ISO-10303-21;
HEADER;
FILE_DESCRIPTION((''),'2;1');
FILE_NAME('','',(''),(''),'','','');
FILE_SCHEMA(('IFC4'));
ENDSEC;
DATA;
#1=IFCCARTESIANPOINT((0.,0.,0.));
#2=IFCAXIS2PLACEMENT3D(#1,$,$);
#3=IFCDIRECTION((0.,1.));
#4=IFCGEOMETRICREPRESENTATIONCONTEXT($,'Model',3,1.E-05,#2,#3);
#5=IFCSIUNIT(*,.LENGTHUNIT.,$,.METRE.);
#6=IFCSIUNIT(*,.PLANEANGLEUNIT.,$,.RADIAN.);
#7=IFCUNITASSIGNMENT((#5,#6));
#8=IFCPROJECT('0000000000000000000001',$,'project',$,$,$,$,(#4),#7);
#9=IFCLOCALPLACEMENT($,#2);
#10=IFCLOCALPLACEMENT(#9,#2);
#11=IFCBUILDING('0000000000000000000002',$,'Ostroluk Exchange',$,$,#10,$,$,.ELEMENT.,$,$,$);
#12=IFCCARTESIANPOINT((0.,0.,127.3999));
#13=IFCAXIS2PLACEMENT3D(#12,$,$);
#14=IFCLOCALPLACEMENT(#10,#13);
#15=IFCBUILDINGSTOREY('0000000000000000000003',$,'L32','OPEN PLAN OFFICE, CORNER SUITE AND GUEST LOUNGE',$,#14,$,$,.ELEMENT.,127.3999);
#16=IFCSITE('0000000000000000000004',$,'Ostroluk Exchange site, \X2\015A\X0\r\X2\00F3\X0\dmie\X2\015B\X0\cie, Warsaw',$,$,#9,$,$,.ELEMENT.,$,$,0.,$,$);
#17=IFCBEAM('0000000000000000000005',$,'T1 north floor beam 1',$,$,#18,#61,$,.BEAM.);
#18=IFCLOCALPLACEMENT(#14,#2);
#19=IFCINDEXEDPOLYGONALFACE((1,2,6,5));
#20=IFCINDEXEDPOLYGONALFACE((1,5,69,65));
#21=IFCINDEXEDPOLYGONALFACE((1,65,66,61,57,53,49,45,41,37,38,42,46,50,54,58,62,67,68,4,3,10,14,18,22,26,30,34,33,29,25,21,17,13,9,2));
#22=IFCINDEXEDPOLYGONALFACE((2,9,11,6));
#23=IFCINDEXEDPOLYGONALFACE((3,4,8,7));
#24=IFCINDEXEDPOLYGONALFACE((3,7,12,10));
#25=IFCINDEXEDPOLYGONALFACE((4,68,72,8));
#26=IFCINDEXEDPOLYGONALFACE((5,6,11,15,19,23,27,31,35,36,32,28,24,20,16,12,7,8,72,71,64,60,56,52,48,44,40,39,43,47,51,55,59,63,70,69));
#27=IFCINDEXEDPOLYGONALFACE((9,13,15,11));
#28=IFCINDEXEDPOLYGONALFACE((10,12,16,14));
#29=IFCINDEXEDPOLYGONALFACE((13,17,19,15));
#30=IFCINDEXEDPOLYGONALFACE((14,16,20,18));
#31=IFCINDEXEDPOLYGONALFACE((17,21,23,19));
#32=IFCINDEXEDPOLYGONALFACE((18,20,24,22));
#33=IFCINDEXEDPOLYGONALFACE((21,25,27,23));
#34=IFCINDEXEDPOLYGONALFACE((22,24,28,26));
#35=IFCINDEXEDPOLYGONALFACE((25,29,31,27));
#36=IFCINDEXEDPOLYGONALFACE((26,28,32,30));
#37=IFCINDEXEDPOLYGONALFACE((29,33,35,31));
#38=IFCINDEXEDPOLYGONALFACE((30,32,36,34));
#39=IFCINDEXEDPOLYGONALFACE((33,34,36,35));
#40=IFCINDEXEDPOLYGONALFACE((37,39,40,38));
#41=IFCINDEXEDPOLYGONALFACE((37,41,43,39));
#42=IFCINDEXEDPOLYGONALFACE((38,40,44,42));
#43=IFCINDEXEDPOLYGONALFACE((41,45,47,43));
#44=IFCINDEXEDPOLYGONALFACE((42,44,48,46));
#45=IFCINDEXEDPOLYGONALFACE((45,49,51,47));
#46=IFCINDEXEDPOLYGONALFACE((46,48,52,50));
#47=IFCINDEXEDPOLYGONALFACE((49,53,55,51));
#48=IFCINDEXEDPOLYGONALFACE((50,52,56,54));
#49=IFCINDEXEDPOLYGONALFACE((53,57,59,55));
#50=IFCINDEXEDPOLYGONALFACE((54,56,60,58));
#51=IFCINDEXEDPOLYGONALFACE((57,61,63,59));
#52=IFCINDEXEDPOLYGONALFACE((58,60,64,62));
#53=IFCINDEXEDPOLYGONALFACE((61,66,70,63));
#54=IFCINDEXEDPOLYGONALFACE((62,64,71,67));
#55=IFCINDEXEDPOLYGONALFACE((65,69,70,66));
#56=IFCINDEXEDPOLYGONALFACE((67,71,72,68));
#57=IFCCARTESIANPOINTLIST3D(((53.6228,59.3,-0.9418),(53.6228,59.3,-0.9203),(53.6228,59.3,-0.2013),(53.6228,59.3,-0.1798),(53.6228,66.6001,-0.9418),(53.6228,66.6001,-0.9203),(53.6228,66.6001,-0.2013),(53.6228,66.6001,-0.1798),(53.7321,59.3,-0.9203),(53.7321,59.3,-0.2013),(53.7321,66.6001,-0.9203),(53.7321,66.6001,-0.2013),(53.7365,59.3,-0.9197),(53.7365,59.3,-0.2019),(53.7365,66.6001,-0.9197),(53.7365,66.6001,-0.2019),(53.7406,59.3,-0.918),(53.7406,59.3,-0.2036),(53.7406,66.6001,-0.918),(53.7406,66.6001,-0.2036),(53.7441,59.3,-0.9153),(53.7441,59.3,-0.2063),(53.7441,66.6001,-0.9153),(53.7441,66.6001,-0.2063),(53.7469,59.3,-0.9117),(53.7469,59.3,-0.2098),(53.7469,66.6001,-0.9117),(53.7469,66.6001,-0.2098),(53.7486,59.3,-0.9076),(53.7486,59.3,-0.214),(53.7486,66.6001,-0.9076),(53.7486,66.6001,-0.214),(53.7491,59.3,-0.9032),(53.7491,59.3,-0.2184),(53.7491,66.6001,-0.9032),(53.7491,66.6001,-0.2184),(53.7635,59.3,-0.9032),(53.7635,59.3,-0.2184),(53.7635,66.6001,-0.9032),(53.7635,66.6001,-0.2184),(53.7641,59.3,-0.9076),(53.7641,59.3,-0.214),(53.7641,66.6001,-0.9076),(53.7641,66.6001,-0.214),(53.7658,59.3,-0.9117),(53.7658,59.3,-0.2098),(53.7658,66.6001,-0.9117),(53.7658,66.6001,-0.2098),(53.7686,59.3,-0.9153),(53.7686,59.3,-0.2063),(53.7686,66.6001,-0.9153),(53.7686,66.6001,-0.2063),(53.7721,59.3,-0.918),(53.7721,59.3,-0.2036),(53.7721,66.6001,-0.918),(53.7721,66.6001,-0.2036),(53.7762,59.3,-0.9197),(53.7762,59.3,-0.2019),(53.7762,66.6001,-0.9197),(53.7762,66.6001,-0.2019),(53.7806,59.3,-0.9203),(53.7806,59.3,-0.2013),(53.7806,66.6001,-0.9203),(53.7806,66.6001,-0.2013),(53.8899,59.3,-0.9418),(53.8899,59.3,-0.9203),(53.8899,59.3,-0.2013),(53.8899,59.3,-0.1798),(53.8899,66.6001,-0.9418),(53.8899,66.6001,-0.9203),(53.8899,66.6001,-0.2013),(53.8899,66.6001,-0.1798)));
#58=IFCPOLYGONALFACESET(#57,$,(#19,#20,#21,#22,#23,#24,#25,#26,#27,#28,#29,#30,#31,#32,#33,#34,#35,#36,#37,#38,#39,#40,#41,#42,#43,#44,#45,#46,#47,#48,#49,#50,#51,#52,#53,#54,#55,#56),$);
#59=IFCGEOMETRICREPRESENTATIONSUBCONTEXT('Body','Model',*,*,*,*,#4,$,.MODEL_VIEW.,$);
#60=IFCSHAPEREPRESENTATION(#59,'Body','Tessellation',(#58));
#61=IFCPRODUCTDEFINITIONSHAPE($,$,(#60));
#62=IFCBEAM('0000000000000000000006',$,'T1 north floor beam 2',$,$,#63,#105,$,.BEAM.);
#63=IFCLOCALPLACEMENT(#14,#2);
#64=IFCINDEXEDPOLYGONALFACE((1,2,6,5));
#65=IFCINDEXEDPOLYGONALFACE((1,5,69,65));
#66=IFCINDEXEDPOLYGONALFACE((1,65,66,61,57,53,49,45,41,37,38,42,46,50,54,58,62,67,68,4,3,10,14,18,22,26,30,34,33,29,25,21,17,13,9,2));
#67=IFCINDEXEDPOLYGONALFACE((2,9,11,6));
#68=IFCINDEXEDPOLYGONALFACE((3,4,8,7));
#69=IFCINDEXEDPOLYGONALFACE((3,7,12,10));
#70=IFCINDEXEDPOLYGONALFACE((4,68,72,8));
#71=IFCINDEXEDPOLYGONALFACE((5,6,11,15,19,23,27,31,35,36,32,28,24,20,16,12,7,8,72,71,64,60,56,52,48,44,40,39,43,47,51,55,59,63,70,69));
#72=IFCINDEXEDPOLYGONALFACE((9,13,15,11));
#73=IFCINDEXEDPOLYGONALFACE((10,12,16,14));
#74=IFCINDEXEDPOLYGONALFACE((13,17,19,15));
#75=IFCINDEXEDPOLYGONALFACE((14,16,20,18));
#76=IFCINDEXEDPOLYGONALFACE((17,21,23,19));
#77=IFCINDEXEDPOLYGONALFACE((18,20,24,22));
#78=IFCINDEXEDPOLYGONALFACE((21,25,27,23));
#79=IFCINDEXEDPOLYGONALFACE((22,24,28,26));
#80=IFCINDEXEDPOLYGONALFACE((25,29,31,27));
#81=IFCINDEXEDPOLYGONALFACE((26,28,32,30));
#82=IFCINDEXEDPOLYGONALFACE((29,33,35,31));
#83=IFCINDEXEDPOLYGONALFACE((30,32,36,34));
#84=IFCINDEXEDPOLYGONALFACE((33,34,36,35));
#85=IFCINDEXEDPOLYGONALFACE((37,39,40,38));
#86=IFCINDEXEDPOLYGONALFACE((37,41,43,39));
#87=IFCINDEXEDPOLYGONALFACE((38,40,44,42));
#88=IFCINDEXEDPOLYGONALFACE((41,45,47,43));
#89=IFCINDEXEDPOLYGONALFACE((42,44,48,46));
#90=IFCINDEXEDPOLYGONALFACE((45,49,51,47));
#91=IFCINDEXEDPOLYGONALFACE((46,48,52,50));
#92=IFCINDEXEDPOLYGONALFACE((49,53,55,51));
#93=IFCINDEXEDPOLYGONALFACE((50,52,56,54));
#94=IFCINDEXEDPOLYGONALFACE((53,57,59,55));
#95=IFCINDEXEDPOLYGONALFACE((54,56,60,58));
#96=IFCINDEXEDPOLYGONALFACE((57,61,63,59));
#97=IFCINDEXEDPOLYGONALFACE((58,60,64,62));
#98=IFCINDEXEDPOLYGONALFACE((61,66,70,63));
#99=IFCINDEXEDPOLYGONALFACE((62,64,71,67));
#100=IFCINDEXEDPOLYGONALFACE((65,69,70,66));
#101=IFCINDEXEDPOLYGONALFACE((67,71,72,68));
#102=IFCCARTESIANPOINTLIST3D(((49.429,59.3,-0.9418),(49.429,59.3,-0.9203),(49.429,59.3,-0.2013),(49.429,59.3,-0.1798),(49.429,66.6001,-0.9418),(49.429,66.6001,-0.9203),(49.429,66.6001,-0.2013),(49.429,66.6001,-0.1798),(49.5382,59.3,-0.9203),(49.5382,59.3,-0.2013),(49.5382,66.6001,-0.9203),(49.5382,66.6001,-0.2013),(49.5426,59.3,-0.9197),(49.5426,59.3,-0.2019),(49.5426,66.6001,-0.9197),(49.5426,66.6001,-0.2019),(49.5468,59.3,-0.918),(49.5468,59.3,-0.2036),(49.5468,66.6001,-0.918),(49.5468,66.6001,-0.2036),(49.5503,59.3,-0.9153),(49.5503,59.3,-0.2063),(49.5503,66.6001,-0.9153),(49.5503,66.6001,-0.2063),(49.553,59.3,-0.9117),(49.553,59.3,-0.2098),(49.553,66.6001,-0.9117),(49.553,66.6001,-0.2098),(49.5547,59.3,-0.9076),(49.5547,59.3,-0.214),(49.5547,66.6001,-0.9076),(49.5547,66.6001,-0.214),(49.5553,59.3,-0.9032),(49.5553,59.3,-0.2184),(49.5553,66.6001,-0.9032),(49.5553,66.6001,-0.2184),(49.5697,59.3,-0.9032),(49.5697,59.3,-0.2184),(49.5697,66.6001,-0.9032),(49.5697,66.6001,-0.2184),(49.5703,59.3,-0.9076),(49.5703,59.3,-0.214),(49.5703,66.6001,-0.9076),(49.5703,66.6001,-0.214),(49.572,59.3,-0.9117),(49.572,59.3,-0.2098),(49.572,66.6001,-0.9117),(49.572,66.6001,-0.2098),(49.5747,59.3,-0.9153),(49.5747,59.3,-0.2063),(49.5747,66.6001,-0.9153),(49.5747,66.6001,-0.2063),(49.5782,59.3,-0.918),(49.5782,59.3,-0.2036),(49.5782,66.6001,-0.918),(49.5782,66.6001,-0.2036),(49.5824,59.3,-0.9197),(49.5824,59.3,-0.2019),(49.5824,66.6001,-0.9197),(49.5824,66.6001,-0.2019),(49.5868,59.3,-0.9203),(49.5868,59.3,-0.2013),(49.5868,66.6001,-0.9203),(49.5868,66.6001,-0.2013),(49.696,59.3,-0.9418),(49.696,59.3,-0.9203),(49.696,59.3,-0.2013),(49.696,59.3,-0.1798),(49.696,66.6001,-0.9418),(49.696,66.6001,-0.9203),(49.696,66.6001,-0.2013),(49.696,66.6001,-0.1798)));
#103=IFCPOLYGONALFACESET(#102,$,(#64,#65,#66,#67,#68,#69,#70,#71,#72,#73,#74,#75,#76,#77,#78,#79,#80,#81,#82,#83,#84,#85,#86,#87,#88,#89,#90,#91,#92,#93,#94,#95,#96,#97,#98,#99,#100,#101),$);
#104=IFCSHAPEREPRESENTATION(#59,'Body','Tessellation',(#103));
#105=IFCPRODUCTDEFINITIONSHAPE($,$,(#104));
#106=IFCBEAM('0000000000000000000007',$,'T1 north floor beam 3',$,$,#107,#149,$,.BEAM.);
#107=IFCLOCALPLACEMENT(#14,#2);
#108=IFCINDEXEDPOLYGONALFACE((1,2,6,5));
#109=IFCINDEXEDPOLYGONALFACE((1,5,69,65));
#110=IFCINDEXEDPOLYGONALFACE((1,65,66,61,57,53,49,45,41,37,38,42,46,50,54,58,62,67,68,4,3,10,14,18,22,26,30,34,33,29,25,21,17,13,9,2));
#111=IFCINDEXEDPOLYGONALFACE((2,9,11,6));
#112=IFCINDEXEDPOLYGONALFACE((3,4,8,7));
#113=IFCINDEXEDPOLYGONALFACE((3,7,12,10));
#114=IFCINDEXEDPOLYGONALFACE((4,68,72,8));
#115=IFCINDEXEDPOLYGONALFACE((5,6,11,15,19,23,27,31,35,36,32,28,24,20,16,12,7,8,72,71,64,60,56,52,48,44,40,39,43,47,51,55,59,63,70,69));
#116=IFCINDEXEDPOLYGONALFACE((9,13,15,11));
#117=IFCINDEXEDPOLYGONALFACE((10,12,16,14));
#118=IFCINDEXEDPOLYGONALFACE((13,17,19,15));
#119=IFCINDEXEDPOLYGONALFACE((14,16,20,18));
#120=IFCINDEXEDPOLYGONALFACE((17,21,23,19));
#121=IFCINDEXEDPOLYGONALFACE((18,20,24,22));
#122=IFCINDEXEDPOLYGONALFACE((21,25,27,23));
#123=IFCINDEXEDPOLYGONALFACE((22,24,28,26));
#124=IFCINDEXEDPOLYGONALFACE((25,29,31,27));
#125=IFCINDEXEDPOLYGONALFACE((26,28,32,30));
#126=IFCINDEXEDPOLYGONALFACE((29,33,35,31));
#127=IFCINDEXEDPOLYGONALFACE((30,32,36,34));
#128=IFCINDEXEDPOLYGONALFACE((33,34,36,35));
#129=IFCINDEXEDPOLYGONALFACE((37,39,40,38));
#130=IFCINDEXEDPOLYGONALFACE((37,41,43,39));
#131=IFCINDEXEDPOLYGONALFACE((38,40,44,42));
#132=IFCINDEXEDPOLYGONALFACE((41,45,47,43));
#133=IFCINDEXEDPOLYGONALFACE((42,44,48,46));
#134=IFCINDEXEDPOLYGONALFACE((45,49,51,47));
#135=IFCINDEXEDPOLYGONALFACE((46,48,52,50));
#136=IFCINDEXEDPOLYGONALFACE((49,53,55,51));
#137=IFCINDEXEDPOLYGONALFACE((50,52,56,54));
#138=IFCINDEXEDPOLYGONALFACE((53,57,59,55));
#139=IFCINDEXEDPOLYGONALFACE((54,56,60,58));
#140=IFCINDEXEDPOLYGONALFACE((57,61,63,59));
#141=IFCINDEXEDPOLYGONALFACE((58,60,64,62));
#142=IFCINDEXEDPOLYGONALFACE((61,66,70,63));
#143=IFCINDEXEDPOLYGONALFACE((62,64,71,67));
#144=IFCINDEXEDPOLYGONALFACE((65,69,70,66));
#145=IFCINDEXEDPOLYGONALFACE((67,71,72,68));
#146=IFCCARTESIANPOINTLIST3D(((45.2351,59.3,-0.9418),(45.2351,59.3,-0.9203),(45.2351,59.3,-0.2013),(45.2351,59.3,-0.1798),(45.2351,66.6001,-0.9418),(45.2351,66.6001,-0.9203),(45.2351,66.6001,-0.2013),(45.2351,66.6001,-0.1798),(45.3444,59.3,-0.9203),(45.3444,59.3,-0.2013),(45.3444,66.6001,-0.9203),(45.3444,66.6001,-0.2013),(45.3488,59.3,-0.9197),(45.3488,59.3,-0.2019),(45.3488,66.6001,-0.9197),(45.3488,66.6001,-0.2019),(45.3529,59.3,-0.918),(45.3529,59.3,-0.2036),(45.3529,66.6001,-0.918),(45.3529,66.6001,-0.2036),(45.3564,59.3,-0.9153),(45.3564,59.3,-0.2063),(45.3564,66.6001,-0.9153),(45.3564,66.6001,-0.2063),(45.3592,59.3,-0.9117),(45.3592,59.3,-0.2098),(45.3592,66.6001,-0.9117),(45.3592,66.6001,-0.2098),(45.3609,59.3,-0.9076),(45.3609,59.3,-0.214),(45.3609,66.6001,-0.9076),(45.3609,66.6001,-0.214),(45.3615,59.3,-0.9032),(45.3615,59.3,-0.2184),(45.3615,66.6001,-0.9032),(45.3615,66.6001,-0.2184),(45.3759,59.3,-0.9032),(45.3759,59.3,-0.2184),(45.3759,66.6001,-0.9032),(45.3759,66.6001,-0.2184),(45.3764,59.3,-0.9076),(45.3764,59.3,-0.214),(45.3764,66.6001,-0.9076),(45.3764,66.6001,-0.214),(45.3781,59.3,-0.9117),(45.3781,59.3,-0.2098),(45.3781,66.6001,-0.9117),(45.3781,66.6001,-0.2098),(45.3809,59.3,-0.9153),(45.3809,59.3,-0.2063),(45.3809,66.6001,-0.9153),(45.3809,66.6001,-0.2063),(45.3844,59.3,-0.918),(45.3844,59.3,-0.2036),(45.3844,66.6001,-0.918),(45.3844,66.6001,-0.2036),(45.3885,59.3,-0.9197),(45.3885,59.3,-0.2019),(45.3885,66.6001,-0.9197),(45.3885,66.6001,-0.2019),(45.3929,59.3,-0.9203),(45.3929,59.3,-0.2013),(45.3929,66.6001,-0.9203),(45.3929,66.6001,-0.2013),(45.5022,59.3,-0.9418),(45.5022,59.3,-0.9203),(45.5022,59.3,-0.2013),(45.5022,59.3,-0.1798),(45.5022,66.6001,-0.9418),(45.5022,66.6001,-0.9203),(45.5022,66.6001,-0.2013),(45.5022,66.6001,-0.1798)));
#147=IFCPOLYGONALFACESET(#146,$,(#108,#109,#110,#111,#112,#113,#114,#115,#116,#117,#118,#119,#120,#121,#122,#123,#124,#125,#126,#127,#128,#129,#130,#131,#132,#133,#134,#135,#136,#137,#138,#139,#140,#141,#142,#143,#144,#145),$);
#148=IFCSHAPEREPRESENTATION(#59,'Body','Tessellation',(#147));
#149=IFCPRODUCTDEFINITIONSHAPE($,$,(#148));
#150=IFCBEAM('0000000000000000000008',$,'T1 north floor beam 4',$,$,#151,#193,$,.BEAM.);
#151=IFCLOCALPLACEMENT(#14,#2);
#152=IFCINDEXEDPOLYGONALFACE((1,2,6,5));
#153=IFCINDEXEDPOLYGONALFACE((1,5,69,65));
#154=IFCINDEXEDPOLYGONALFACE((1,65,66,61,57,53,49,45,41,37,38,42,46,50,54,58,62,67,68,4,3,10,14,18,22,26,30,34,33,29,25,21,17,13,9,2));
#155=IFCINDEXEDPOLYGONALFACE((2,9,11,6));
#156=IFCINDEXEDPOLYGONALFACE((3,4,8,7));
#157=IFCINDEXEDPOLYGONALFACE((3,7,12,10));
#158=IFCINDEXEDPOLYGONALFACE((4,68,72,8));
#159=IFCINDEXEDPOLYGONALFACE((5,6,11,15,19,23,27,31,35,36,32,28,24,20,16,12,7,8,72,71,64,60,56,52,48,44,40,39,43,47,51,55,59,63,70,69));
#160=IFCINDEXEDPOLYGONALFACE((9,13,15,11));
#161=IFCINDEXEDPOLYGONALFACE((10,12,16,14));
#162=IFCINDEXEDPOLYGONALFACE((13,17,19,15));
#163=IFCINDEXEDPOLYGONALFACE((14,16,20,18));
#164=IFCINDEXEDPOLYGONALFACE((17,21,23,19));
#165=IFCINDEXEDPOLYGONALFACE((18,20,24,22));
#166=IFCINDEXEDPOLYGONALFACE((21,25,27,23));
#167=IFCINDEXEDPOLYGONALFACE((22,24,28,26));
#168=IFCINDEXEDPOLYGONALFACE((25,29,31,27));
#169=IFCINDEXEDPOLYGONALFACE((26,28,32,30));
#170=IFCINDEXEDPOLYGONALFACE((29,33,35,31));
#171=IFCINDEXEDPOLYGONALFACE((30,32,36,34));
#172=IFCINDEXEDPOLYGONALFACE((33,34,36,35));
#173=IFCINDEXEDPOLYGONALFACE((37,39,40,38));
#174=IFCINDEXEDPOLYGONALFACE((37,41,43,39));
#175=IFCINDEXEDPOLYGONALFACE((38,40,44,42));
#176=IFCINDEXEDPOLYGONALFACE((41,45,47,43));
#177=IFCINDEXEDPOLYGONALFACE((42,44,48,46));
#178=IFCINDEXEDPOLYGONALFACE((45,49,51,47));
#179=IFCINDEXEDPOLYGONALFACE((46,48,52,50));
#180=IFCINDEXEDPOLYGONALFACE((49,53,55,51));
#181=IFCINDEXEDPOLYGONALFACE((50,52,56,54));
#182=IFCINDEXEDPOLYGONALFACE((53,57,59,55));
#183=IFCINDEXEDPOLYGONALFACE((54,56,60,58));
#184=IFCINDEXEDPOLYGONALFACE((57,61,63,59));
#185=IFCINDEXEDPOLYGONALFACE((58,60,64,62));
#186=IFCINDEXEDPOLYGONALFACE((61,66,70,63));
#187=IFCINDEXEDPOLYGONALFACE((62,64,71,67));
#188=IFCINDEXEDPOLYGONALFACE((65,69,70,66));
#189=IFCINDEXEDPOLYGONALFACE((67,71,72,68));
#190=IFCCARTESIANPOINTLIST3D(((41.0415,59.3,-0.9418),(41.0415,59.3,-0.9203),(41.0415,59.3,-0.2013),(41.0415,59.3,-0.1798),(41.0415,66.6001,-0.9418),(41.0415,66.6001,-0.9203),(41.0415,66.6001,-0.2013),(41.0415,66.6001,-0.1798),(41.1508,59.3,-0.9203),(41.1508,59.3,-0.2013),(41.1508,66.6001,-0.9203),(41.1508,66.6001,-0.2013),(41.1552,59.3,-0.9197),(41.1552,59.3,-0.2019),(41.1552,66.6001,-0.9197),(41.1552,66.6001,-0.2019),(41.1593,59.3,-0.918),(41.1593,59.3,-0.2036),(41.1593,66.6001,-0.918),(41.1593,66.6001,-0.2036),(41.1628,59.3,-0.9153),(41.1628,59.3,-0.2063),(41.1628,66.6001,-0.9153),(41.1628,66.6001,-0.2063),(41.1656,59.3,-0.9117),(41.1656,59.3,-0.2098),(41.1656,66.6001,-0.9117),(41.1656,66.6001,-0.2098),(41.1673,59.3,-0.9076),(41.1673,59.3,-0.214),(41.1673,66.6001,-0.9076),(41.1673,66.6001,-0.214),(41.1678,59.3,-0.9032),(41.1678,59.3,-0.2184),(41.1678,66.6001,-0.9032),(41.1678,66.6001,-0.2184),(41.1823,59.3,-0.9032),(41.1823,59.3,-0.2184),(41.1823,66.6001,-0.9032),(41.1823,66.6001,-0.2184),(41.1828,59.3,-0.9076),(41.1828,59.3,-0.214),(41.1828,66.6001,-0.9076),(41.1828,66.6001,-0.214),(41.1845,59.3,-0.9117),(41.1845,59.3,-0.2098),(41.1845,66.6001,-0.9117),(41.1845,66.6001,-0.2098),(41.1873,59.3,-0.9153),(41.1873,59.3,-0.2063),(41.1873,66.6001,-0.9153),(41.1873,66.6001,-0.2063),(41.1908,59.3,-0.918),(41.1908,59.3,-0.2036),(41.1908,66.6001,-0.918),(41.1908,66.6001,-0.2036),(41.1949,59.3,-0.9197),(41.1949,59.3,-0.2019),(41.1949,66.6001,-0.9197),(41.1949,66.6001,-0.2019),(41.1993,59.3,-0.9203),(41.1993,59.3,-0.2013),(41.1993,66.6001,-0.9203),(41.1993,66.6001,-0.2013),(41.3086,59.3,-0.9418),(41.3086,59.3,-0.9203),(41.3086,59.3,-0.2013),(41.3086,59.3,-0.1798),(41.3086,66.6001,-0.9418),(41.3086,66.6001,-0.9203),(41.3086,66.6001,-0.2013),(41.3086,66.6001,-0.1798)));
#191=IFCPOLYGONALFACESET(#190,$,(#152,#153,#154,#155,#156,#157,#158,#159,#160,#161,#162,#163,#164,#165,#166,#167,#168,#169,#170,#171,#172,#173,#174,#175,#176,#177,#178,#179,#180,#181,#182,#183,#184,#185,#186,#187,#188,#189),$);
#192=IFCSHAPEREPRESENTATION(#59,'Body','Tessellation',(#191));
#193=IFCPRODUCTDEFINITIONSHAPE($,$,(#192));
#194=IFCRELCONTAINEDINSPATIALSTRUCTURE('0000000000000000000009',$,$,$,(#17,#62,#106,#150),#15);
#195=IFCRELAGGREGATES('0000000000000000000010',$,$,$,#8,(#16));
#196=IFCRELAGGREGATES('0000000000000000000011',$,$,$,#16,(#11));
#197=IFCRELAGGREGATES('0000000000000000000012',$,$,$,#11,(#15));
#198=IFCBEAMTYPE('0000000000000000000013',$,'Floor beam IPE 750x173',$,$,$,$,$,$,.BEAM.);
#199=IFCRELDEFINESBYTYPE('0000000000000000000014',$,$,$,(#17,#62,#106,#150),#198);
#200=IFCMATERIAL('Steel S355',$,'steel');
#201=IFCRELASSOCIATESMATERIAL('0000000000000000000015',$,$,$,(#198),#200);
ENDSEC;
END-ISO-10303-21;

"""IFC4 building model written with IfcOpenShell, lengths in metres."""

from ifc_helpers import new_model, si_unit, direction, frame, origin, origin_2d, place, context, subcontext, project, spatial, i_section, extrude, material, material_profile, profile_set, type_object, element, save


model = new_model("IFC4")

# Units and contexts
model_context = context("Model", 3, precision=1e-05, world=origin(), true_north=direction((0.0, 1.0)))
body_context = subcontext(model_context, "Body", "Model", "MODEL_VIEW")
ifc_project = project(units=[si_unit("LENGTHUNIT", "METRE"), si_unit("PLANEANGLEUNIT", "RADIAN")], contexts=[model_context])

# Site, building, storey
site_placement = place(None, origin())
site = spatial("IfcSite", under=ifc_project, at=site_placement, Name="Ostroluk Exchange site, Śródmieście, Warsaw", CompositionType="ELEMENT", RefElevation=0.0)
building_placement = place(site_placement, origin())
building = spatial("IfcBuilding", under=site, at=building_placement, Name="Ostroluk Exchange", CompositionType="ELEMENT")
storey_placement = place(building_placement, frame((0.0, 0.0, 127.3999)))
storey = spatial("IfcBuildingStorey", under=building, at=storey_placement, Name="L32", Description="OPEN PLAN OFFICE, CORNER SUITE AND GUEST LOUNGE", CompositionType="ELEMENT", Elevation=127.3999)

# Beams
ifc_material_1 = material(Name="Steel S355", Category="steel")
ifc_material_profile_1 = material_profile(ifc_material_1, i_section(OverallWidth=0.2671, OverallDepth=0.762, WebThickness=0.0144, FlangeThickness=0.0215, FilletRadius=0.0171, at=origin_2d()), Name="IPE 750x173")
ifc_profile_set_1 = profile_set([ifc_material_profile_1], Name="Steel S355")
beam_type_1 = type_object("IfcBeamType", Name="Floor beam IPE 750x173", PredefinedType="BEAM", material=ifc_profile_set_1)
for number, where, z_axis, x_axis, name in (
    (1, (53.7563, 59.3, -0.5608), (0.0, 1.0, 0.0), (-1.0, 0.0, 0.0), "T1 north floor beam 1"),
    (2, (49.5625, 59.3, -0.5608), (0.0, 1.0, 0.0), (-1.0, 0.0, 0.0), "T1 north floor beam 2"),
    (3, (45.3687, 59.3, -0.5608), (0.0, 1.0, 0.0), (-1.0, 0.0, 0.0), "T1 north floor beam 3"),
    (4, (41.175, 59.3, -0.5608), (0.0, 1.0, 0.0), (-1.0, 0.0, 0.0), "T1 north floor beam 4"),
):
    element("IfcBeam", number, at=place(storey_placement, frame(where, z_axis=z_axis, x_axis=x_axis)), inside=storey, type_object=beam_type_1, Name=name, PredefinedType="BEAM", context=body_context, shape_type="SweptSolid", body=[
        extrude(i_section(OverallWidth=0.2671, OverallDepth=0.762, WebThickness=0.0144, FlangeThickness=0.0215, FilletRadius=0.0171, at=origin_2d()), origin(), (0.0, 0.0, 1.0), 7.3),
    ])

save(model, "model.ifc")
